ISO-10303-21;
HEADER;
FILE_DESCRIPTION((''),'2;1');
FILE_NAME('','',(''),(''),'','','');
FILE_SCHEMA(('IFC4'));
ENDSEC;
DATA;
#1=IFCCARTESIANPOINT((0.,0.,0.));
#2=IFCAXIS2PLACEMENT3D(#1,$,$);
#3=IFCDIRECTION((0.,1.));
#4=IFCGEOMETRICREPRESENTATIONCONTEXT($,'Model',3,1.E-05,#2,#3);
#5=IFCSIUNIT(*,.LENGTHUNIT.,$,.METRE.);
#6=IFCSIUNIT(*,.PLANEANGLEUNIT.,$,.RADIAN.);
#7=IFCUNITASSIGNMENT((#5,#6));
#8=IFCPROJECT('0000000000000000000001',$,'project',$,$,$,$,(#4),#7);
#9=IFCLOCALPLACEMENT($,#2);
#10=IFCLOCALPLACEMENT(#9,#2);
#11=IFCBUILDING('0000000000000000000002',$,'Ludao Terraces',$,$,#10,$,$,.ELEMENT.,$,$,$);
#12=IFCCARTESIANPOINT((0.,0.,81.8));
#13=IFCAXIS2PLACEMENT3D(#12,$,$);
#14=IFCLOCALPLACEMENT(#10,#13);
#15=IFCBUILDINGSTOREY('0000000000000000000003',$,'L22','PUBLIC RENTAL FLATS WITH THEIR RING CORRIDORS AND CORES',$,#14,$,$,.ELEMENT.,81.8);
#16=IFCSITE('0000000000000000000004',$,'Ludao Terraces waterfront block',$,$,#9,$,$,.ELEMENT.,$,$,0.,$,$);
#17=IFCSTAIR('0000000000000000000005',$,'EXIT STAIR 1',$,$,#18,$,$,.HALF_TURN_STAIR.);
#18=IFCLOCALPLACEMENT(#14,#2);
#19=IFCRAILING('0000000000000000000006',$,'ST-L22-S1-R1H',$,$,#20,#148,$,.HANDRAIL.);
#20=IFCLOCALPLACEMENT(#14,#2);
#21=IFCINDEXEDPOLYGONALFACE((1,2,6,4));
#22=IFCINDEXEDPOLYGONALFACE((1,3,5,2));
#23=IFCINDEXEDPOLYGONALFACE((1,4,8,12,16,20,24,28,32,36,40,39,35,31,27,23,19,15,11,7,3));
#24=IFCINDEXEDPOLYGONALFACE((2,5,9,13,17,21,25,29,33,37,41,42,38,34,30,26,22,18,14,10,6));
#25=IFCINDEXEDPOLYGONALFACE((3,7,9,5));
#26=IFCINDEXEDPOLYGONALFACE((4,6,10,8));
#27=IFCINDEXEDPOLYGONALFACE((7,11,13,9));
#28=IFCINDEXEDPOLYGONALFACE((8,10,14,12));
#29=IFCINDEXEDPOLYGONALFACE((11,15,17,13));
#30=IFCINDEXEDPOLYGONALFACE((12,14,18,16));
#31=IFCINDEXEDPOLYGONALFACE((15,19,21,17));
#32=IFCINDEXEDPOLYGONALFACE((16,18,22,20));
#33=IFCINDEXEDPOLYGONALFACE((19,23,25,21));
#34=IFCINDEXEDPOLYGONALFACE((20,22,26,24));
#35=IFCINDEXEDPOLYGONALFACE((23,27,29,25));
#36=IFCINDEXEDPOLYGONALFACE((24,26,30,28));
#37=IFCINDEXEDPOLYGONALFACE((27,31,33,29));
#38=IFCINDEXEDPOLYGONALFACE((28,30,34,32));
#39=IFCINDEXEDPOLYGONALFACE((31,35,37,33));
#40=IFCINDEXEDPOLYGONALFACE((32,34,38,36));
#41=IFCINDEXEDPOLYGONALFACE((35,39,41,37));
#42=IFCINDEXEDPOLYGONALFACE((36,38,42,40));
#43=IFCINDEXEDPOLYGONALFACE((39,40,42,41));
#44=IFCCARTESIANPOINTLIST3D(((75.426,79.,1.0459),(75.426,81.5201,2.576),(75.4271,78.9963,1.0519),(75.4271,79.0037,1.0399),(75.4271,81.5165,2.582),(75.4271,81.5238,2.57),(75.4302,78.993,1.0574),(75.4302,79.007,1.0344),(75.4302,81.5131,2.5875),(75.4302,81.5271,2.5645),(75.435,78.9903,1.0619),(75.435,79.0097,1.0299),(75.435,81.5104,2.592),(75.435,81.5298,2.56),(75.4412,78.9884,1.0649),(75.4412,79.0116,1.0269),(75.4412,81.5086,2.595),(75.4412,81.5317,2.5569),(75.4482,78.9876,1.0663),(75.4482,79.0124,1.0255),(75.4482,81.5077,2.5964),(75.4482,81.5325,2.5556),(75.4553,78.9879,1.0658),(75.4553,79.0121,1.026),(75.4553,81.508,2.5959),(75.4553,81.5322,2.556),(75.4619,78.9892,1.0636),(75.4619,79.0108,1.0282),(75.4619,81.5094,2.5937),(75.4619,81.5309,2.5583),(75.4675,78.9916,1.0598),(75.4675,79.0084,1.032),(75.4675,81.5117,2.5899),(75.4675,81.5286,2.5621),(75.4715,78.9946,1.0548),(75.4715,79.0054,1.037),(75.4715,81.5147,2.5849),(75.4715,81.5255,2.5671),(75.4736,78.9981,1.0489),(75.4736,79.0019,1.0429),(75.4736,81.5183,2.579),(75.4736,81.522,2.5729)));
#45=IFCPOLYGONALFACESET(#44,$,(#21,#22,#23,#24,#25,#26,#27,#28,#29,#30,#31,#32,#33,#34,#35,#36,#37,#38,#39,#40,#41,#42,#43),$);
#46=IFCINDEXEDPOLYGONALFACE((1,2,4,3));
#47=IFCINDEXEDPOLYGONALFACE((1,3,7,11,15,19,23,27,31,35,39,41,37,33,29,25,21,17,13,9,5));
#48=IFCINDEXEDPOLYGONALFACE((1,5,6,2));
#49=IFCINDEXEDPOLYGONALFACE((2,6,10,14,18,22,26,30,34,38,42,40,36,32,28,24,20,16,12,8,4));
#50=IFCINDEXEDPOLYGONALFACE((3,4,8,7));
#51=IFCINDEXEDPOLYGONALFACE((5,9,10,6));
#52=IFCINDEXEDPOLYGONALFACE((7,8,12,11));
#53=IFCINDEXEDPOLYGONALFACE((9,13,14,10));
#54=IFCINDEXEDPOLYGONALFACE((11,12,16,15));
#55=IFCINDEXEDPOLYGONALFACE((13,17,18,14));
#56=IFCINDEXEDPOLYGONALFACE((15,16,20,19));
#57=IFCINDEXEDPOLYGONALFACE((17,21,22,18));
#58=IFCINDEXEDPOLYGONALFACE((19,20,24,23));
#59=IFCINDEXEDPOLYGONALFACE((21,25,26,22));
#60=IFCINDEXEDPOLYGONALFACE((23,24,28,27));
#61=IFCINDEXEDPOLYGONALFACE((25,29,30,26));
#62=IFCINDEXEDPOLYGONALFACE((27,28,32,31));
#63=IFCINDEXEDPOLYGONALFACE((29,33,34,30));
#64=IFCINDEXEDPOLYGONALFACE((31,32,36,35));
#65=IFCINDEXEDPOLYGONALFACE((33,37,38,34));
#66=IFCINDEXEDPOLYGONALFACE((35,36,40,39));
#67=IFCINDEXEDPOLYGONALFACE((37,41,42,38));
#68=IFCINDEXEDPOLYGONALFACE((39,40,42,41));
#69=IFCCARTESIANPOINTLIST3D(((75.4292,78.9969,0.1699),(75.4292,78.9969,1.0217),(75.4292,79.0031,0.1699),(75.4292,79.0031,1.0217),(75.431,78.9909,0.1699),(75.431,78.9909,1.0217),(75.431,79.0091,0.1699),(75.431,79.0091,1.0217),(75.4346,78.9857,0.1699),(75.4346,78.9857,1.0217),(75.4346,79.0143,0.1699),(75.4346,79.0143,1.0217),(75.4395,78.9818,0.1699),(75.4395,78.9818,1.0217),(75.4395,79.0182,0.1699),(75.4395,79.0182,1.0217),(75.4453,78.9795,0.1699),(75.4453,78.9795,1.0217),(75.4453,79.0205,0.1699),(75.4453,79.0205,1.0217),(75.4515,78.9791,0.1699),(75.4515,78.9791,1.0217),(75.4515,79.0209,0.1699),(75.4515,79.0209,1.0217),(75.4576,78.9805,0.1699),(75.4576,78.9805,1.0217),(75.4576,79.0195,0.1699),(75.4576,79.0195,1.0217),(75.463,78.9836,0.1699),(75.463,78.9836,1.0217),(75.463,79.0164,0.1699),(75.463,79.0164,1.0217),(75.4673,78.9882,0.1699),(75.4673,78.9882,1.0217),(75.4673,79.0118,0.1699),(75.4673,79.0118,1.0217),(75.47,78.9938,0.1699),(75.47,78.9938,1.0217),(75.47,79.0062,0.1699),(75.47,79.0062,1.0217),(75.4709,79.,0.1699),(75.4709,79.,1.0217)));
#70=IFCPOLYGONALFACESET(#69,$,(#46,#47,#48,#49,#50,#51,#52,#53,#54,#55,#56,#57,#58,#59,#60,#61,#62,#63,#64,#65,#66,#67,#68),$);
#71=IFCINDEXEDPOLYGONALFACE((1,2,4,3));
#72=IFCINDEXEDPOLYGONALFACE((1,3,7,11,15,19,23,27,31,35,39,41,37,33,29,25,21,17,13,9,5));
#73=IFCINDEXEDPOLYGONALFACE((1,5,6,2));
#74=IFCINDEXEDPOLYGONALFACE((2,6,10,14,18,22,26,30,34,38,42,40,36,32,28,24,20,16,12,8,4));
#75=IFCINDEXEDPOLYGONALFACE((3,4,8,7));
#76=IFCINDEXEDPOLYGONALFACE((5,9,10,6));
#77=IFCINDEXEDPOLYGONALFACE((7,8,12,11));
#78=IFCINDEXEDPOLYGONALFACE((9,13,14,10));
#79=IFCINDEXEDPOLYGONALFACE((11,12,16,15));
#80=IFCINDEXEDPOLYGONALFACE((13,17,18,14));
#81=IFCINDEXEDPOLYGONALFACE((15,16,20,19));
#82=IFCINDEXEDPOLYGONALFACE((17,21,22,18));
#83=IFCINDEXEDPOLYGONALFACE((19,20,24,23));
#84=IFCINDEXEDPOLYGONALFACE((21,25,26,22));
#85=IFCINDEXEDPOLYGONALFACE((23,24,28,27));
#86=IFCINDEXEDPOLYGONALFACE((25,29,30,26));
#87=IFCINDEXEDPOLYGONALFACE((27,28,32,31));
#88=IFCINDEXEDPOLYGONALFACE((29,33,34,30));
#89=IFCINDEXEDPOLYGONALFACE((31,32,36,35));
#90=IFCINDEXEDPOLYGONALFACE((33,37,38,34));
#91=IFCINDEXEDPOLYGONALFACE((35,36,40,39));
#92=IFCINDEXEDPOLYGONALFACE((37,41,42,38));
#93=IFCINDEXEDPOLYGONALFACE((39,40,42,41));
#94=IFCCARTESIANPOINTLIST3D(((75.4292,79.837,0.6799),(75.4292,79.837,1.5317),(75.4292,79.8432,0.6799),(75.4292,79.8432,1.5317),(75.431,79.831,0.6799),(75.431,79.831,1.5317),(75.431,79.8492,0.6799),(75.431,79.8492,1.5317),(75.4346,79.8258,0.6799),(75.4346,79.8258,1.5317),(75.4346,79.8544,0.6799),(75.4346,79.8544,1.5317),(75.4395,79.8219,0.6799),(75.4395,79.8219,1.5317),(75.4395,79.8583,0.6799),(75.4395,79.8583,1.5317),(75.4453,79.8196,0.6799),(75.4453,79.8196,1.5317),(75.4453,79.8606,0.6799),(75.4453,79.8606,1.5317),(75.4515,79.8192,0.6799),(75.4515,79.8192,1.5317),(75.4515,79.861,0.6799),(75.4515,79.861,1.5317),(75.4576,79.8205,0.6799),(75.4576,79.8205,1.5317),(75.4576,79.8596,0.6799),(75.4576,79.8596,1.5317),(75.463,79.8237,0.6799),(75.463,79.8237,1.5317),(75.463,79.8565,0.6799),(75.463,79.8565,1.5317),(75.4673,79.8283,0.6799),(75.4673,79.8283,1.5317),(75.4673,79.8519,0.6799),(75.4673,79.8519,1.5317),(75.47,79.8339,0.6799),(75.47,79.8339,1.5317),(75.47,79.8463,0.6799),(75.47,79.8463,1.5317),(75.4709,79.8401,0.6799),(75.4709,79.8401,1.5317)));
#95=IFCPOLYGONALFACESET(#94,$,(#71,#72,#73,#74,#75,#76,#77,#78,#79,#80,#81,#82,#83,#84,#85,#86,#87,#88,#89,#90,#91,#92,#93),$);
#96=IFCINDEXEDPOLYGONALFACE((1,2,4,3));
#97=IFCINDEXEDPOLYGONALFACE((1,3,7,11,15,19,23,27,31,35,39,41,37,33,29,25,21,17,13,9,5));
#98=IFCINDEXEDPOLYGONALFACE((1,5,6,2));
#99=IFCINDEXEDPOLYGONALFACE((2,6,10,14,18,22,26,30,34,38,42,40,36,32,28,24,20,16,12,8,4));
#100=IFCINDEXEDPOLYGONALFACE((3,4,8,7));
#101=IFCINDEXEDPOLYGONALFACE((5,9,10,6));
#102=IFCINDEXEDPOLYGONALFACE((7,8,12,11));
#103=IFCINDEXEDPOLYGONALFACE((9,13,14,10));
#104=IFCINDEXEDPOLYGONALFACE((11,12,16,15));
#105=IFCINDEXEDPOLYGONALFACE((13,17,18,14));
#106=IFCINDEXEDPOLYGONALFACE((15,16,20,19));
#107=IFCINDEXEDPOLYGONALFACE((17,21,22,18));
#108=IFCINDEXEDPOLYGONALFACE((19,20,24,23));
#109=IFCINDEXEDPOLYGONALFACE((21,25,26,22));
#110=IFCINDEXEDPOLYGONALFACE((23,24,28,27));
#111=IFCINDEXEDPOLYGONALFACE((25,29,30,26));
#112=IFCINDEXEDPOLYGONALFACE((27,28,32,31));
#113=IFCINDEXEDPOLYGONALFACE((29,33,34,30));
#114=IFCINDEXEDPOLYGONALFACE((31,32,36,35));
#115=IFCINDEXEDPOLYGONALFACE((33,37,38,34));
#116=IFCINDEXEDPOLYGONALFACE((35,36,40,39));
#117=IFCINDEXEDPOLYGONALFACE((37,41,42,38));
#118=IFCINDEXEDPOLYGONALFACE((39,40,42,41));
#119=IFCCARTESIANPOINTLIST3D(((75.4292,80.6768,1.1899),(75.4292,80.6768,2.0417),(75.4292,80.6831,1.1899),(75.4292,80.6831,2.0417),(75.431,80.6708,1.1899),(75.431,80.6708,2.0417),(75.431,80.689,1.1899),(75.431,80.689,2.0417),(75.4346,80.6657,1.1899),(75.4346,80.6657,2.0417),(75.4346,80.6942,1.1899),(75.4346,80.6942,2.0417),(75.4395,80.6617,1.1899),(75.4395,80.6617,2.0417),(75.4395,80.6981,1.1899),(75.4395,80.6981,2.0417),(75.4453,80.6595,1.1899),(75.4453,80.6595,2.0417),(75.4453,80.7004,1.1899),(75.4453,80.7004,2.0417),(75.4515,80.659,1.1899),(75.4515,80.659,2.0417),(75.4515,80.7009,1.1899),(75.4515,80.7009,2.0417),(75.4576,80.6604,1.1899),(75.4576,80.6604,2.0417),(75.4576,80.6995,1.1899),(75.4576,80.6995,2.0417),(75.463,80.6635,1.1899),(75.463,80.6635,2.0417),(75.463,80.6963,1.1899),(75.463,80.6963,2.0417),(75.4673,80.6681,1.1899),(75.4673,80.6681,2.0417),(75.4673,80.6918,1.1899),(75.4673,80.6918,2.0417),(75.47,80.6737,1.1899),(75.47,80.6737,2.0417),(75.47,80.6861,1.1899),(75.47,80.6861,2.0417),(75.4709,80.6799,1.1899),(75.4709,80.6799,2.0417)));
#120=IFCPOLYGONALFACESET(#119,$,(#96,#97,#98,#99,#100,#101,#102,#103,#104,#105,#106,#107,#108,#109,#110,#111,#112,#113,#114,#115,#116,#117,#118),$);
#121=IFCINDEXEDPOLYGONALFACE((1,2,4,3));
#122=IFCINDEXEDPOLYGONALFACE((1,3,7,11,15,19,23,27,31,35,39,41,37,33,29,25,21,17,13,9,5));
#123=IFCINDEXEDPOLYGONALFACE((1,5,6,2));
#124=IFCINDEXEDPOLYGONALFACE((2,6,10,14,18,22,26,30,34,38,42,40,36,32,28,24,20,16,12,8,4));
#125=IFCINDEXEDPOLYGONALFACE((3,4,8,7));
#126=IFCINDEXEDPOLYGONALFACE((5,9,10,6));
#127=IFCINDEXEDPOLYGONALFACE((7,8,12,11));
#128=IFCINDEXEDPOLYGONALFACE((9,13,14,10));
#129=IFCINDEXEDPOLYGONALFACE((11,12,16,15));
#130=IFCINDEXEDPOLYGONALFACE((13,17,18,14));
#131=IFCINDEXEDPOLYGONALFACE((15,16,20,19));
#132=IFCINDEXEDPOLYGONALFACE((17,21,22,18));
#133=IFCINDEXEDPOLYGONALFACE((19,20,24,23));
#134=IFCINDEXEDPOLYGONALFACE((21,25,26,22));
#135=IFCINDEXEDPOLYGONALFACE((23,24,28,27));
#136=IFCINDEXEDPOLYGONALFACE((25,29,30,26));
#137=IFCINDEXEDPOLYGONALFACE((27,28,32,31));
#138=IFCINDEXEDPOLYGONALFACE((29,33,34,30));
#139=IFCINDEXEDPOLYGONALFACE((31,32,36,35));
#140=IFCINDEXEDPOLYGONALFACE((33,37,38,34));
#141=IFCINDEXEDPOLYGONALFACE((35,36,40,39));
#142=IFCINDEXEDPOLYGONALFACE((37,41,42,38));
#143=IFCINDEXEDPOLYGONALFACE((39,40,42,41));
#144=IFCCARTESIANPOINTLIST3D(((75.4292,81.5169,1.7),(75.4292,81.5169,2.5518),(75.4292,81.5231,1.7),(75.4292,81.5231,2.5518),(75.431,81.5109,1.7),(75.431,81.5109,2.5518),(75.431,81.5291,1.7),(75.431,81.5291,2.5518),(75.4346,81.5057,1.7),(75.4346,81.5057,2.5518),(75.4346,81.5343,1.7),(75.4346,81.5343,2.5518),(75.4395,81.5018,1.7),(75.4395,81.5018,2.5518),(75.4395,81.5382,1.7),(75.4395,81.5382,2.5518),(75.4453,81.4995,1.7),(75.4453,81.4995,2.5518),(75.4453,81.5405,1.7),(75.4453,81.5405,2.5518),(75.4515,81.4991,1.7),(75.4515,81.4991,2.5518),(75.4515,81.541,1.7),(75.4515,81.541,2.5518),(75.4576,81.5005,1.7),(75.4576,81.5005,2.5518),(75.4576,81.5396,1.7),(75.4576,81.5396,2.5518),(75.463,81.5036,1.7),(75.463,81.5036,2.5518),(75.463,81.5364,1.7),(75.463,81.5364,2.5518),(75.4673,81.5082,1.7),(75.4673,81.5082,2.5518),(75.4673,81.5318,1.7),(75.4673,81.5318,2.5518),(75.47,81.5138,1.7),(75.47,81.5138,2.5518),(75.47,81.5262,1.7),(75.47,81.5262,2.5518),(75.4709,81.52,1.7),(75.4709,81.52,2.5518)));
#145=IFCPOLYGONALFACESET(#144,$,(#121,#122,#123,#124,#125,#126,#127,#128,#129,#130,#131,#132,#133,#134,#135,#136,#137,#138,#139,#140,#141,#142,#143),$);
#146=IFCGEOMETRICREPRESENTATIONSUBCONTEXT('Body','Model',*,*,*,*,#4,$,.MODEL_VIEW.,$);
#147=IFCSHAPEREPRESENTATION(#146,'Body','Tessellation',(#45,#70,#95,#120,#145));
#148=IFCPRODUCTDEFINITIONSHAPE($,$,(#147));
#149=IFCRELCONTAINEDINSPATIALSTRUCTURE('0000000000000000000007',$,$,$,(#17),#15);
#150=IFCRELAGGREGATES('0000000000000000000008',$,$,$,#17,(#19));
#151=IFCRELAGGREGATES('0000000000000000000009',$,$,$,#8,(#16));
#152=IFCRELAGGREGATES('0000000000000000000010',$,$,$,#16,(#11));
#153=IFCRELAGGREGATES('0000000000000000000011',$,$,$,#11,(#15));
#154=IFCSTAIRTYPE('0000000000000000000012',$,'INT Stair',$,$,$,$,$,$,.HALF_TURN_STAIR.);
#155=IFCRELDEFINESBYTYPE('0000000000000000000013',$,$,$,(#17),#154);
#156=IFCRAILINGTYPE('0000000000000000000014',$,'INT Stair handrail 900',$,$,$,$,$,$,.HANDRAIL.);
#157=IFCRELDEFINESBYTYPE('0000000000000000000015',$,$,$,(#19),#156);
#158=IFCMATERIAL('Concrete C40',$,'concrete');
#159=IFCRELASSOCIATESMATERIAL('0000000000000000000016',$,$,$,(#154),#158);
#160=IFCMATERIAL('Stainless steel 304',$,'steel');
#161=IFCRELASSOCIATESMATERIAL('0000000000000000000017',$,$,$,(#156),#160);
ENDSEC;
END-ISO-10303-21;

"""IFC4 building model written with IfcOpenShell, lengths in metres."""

from ifc_helpers import new_model, si_unit, direction, frame, origin, origin_2d, place, context, subcontext, project, spatial, circle, extrude, material, type_object, element, aggregate, save


model = new_model("IFC4")

# Units and contexts
model_context = context("Model", 3, precision=1e-05, world=origin(), true_north=direction((0.0, 1.0)))
body_context = subcontext(model_context, "Body", "Model", "MODEL_VIEW")
ifc_project = project(units=[si_unit("LENGTHUNIT", "METRE"), si_unit("PLANEANGLEUNIT", "RADIAN")], contexts=[model_context])

# Site, building, storey
site_placement = place(None, origin())
site = spatial("IfcSite", under=ifc_project, at=site_placement, Name="Ludao Terraces waterfront block", CompositionType="ELEMENT", RefElevation=0.0)
building_placement = place(site_placement, origin())
building = spatial("IfcBuilding", under=site, at=building_placement, Name="Ludao Terraces", CompositionType="ELEMENT")
storey_placement = place(building_placement, frame((0.0, 0.0, 81.8)))
storey = spatial("IfcBuildingStorey", under=building, at=storey_placement, Name="L22", Description="PUBLIC RENTAL FLATS WITH THEIR RING CORRIDORS AND CORES", CompositionType="ELEMENT", Elevation=81.8)

# Shared definitions
ifc_material_1 = material(Name="Stainless steel 304", Category="steel")

# Stair, railing
ifc_material_2 = material(Name="Concrete C40", Category="concrete")
stair_type = type_object("IfcStairType", Name="INT Stair", PredefinedType="HALF_TURN_STAIR", material=ifc_material_2)
stair_placement = place(storey_placement, origin())
stair = element("IfcStair", 1, at=stair_placement, inside=storey, type_object=stair_type, Name="EXIT STAIR 1", PredefinedType="HALF_TURN_STAIR")
railing_type_1 = type_object("IfcRailingType", Name="INT Stair handrail 900", PredefinedType="HANDRAIL", material=ifc_material_1)
railing_1_placement = place(storey_placement, frame((75.45, 79.0, 0.1699)))
railing_1 = element("IfcRailing", 2, at=railing_1_placement, type_object=railing_type_1, Name="ST-L22-S1-R1H", PredefinedType="HANDRAIL", context=body_context, shape_type="SweptSolid", body=[
    extrude(circle(Radius=0.0239, at=origin_2d()), frame((0.0, 0.0, 0.876), z_axis=(0.0, 0.854785, 0.518982), x_axis=(-1.0, 0.0, 0.0)), (0.0, 0.0, 1.0), 2.9482),
    extrude(circle(Radius=0.021, at=origin_2d()), origin(), (0.0, 0.0, 1.0), 0.8518),
    extrude(circle(Radius=0.021, at=origin_2d()), frame((0.0, 0.8401, 0.51)), (0.0, 0.0, 1.0), 0.8518),
    extrude(circle(Radius=0.021, at=origin_2d()), frame((0.0, 1.6799, 1.02)), (0.0, 0.0, 1.0), 0.8518),
    extrude(circle(Radius=0.021, at=origin_2d()), frame((0.0, 2.52, 1.53)), (0.0, 0.0, 1.0), 0.8518),
])
aggregate(stair, [railing_1])

save(model, "model.ifc")
